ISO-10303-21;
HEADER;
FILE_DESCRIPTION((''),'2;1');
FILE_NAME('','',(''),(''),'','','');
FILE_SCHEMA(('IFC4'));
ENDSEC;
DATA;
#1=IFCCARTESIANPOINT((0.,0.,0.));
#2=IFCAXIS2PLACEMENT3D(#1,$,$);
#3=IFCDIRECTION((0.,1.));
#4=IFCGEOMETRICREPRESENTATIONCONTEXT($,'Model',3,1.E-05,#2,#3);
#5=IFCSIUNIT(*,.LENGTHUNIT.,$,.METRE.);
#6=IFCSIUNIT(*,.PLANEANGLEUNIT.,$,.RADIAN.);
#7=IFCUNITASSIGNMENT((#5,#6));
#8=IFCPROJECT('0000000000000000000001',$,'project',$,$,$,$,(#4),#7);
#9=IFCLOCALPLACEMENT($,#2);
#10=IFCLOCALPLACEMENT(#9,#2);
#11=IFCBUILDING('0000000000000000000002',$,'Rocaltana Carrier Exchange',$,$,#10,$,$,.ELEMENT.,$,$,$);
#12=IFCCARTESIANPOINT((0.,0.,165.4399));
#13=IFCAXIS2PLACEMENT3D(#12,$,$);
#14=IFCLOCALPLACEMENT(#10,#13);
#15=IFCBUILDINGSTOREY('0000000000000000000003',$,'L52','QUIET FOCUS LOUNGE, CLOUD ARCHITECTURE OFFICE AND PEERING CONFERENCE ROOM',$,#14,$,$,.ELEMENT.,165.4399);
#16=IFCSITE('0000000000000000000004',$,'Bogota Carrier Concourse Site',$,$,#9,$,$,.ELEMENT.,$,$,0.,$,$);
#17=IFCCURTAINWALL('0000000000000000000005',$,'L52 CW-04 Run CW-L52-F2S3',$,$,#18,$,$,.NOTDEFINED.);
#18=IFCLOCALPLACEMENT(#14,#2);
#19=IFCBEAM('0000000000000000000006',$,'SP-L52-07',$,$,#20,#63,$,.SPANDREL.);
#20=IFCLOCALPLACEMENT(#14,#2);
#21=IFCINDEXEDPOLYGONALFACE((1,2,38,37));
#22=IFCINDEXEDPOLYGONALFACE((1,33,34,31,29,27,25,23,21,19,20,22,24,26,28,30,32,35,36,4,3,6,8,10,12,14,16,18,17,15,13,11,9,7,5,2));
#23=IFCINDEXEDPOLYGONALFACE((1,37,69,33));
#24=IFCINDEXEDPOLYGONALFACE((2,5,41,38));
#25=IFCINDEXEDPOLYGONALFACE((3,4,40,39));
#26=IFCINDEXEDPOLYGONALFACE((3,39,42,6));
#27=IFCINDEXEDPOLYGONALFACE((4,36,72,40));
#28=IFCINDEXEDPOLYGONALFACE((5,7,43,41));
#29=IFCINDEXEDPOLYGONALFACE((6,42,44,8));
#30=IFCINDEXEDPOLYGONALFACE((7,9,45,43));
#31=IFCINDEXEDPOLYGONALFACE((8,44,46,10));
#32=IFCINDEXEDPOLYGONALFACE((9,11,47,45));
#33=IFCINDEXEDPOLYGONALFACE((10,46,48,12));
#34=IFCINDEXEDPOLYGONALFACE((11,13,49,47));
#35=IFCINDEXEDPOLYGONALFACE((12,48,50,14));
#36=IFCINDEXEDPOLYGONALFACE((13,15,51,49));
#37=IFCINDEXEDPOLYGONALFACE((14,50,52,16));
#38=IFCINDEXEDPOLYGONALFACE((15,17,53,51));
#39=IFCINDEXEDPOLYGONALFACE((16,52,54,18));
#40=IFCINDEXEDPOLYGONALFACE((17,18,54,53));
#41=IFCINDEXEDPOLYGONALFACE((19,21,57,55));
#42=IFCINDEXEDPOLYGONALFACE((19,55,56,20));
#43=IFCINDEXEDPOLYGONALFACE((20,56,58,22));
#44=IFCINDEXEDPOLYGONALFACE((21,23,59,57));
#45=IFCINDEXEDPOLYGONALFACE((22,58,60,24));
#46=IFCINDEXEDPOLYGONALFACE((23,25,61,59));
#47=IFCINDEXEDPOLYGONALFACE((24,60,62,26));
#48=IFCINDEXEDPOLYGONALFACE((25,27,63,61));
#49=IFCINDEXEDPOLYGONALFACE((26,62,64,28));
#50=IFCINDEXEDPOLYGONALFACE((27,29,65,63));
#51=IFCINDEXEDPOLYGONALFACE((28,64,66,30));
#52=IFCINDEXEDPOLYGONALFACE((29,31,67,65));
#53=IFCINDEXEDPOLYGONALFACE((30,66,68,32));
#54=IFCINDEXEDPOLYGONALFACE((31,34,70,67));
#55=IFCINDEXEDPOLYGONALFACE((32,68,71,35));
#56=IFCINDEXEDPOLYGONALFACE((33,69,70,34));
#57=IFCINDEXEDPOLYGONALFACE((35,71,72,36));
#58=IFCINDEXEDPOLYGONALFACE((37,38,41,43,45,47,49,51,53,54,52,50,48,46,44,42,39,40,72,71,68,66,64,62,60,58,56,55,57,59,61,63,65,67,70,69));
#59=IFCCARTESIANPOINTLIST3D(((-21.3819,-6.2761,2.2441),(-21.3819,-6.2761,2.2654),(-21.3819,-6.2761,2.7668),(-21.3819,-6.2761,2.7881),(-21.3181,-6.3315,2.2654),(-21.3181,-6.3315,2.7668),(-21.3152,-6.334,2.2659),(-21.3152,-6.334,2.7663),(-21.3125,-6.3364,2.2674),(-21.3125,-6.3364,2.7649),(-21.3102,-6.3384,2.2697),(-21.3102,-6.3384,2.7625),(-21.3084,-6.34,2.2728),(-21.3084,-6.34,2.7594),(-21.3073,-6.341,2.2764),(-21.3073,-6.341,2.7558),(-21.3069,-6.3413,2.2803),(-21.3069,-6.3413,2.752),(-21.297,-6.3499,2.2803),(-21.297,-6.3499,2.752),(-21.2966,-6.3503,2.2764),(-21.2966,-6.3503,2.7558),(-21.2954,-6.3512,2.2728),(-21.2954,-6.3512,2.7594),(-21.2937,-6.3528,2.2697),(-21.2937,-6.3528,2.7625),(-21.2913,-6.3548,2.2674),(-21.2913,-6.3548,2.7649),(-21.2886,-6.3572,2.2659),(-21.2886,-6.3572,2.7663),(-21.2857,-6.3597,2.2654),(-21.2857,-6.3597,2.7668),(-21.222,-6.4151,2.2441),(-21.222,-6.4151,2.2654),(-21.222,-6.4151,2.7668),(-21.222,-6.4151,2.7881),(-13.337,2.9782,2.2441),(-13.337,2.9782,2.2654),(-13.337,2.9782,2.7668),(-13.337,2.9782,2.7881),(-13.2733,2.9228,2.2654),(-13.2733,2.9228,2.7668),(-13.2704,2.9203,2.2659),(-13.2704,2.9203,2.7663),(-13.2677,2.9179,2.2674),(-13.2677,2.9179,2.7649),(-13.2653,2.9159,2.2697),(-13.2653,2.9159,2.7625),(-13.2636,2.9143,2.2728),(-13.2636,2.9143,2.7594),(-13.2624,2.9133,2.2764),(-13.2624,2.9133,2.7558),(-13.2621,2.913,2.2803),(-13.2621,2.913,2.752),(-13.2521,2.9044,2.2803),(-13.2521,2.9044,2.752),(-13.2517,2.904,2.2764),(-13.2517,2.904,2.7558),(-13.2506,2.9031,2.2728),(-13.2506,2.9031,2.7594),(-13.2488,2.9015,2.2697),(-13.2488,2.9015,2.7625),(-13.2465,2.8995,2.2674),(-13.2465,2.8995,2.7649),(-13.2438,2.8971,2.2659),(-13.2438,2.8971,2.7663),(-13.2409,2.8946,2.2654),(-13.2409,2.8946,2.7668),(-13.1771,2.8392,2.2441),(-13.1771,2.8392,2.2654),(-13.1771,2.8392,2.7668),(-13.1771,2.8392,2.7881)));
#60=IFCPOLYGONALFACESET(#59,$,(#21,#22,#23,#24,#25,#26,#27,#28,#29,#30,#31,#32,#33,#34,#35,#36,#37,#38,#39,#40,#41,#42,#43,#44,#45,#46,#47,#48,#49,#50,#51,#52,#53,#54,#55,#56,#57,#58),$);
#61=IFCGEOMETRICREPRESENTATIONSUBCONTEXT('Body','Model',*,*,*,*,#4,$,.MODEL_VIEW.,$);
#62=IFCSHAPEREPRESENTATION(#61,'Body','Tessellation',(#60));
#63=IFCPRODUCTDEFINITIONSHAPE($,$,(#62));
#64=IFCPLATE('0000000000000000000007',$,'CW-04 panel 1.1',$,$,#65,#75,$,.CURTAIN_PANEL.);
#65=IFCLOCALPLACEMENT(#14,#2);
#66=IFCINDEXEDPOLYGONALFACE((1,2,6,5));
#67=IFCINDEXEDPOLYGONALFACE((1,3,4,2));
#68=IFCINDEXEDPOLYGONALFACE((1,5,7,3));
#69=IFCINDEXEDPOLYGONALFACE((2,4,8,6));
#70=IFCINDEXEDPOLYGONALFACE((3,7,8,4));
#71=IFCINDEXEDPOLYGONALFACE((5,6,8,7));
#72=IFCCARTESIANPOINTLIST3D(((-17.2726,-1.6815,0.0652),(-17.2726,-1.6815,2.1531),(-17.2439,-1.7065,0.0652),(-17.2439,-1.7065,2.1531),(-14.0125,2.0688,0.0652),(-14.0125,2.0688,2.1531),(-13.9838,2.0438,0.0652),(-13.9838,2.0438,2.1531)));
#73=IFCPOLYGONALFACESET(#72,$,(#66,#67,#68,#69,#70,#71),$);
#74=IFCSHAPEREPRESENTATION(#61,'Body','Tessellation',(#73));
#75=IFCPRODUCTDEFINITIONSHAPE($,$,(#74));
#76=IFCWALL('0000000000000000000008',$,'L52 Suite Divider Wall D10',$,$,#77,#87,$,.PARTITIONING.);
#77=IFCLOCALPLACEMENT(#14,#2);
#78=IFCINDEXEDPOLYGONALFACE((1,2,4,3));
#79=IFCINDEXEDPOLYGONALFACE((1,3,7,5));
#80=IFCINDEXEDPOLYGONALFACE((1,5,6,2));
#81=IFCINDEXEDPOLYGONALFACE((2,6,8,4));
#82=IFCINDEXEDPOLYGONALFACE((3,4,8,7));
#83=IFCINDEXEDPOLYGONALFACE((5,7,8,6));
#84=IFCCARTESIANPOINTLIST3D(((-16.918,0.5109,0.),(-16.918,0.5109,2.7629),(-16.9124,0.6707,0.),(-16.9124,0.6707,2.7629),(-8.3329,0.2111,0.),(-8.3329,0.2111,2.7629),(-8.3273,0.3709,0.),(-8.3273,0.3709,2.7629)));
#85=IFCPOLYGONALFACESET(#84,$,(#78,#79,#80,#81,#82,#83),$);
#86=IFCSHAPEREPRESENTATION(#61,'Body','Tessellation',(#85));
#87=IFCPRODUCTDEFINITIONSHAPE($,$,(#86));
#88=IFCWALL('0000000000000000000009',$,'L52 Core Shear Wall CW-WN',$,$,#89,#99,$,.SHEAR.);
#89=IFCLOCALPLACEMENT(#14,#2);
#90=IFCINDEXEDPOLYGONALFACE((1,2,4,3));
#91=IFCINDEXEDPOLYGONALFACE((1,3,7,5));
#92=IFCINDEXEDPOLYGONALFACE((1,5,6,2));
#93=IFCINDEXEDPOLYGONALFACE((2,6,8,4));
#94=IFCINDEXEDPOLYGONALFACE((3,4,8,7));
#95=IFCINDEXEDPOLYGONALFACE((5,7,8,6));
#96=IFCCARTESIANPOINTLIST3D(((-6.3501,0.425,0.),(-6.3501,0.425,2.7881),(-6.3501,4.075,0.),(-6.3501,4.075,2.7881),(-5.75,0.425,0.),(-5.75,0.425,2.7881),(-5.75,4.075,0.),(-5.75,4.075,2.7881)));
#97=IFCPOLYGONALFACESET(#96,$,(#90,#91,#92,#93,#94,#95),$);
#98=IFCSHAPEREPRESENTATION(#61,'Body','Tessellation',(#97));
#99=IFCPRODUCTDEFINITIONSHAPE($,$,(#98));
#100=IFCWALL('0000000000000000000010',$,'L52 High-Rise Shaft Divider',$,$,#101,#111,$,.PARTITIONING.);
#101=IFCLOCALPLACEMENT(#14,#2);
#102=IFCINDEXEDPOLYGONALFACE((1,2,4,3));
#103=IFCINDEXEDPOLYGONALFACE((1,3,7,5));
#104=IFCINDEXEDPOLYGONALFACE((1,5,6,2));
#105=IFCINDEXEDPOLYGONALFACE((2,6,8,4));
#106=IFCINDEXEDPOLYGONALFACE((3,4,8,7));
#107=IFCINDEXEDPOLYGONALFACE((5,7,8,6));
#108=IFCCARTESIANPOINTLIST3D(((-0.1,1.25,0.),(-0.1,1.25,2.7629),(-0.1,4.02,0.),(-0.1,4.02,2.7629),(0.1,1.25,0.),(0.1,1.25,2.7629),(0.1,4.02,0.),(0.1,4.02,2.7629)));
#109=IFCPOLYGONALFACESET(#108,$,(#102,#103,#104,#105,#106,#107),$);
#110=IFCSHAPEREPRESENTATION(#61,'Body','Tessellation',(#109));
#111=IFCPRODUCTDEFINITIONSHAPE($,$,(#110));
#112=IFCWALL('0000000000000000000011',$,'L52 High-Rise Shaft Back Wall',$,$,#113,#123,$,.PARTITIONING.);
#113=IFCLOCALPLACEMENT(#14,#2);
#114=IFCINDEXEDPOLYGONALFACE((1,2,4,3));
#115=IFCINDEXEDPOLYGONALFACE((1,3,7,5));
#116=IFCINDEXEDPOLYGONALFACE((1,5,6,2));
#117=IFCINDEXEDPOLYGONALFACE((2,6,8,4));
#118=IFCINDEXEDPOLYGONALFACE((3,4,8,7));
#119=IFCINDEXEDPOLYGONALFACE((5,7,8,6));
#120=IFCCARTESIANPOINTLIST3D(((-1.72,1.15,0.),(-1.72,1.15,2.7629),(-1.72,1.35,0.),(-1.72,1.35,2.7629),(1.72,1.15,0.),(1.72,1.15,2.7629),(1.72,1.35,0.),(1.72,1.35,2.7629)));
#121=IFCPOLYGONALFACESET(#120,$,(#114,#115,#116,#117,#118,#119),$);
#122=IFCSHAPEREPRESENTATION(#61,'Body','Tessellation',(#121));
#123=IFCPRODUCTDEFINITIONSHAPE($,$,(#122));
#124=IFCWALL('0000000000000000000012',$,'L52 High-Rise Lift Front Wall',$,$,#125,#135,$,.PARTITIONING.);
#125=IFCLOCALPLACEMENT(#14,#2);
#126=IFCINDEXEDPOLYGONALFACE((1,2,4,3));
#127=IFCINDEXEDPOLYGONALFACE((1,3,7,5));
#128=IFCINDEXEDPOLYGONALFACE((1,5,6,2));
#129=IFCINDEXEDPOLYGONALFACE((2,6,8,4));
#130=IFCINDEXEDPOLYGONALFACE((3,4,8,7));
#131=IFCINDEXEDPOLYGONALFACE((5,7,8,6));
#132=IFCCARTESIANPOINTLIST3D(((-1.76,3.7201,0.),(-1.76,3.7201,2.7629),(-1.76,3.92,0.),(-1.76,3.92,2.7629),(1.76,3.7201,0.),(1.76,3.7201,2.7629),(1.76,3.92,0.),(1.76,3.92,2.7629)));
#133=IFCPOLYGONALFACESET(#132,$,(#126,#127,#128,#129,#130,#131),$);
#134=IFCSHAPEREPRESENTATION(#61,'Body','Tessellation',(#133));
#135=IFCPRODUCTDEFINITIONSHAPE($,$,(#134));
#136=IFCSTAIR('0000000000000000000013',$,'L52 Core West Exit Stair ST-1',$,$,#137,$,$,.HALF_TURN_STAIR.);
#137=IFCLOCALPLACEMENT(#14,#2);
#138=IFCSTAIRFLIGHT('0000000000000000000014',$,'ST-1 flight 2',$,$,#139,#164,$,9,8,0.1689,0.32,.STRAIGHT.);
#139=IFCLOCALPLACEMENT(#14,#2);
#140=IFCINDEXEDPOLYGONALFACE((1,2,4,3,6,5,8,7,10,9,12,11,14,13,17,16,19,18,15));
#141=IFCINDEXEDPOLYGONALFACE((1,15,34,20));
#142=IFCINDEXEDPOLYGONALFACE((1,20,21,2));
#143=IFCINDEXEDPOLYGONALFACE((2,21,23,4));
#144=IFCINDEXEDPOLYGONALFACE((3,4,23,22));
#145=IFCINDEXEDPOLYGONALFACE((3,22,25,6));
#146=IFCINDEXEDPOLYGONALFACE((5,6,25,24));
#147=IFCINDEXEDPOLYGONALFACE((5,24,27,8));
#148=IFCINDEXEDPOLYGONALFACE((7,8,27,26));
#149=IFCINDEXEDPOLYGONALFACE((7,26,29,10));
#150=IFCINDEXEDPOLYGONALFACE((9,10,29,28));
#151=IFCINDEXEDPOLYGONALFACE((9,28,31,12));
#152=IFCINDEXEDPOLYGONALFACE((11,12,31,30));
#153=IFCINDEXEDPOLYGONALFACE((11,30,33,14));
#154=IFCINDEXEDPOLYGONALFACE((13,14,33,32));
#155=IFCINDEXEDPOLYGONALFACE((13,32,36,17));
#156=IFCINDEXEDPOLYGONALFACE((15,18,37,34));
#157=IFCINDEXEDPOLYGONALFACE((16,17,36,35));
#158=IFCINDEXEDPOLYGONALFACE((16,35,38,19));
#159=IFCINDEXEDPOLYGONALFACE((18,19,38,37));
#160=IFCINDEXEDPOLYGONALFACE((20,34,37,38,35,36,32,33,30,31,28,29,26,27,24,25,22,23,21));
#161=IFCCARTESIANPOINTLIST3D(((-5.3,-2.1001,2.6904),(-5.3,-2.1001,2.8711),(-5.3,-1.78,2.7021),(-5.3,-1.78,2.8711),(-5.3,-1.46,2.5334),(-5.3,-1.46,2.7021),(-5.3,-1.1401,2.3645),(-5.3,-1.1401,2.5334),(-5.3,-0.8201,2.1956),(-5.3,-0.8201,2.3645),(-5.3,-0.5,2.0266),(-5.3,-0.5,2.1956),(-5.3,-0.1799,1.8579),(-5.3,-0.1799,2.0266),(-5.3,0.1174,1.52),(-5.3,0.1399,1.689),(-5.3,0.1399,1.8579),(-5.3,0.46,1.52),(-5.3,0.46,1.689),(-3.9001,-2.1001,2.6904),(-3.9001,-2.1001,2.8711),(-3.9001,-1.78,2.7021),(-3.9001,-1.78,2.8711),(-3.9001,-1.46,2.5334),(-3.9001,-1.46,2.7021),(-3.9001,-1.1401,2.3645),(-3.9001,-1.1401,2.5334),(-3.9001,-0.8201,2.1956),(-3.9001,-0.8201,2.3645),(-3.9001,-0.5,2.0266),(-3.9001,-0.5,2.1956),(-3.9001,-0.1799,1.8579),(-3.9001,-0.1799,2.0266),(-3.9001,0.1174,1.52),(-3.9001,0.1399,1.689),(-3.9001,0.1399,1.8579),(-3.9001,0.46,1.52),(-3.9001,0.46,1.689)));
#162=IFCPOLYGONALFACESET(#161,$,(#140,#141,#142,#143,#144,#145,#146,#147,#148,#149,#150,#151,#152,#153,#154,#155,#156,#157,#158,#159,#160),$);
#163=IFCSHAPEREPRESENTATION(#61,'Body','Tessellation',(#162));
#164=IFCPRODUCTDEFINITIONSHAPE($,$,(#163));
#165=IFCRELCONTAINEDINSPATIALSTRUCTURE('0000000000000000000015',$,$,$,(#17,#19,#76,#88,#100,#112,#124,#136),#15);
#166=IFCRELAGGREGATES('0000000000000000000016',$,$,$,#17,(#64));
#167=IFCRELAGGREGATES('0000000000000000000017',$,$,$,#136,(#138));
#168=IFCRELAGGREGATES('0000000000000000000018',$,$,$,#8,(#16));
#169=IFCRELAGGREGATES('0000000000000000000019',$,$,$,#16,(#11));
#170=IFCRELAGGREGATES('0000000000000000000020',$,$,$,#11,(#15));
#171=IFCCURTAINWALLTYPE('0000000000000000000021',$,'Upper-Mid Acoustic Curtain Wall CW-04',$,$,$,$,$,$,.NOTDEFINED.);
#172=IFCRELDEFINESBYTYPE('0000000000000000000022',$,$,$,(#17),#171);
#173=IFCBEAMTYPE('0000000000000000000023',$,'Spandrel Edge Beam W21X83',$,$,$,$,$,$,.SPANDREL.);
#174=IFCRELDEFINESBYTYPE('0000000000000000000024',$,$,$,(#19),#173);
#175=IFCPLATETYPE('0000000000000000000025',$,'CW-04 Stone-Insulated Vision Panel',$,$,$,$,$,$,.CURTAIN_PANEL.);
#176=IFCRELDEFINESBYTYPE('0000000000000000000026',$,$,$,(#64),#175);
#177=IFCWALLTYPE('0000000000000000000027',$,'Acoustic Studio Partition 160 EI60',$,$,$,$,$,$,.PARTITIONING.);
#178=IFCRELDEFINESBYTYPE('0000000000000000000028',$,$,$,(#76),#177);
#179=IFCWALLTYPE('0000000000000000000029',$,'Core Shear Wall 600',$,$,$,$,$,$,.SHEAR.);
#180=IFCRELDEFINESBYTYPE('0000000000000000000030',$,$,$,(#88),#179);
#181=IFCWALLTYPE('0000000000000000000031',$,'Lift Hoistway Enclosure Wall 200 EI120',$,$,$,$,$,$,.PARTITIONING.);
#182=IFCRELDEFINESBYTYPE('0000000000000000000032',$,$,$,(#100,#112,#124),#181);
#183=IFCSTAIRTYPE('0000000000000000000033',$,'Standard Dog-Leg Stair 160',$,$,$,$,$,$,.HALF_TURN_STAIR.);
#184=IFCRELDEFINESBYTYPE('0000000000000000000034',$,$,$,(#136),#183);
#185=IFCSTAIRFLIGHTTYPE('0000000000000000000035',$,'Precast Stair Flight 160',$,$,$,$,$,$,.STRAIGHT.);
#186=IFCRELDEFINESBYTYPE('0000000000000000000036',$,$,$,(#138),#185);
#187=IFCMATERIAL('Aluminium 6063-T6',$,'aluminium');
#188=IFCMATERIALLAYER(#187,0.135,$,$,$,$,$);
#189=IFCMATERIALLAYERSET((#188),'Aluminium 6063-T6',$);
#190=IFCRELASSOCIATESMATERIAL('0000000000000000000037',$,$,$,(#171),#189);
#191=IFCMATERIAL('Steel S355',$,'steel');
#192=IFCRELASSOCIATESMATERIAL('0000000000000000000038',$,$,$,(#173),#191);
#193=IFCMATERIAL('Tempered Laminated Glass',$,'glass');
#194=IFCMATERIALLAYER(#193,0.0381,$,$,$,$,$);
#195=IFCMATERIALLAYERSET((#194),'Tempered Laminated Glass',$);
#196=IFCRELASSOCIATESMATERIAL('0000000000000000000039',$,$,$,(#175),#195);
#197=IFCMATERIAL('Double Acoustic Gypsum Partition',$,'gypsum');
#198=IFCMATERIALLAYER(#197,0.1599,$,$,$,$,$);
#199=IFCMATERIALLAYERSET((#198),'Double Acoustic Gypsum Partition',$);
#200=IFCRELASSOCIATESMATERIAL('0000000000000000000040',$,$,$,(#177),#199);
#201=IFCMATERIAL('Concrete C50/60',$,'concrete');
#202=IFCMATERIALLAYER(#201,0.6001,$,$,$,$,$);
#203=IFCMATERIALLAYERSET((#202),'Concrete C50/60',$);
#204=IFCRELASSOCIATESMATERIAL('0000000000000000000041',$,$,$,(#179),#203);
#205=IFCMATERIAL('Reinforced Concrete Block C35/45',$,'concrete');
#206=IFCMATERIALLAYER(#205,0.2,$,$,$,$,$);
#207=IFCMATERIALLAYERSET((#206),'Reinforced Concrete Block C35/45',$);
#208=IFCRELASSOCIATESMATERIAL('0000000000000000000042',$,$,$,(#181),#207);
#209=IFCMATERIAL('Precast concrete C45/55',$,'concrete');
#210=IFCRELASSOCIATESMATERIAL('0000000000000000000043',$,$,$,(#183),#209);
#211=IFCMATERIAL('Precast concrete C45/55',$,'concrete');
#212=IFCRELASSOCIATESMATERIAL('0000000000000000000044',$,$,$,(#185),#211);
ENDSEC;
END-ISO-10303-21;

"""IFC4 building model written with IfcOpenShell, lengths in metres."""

from ifc_helpers import new_model, si_unit, direction, frame, frame_2d, origin, origin_2d, place, context, subcontext, project, spatial, polyline, rectangle, i_section, outline, extrude, material, layer, layer_set, material_profile, profile_set, type_object, element, aggregate, save


model = new_model("IFC4")

# Units and contexts
model_context = context("Model", 3, precision=1e-05, world=origin(), true_north=direction((0.0, 1.0)))
body_context = subcontext(model_context, "Body", "Model", "MODEL_VIEW")
ifc_project = project(units=[si_unit("LENGTHUNIT", "METRE"), si_unit("PLANEANGLEUNIT", "RADIAN")], contexts=[model_context])

# Site, building, storey
site_placement = place(None, origin())
site = spatial("IfcSite", under=ifc_project, at=site_placement, Name="Bogota Carrier Concourse Site", CompositionType="ELEMENT", RefElevation=0.0)
building_placement = place(site_placement, origin())
building = spatial("IfcBuilding", under=site, at=building_placement, Name="Rocaltana Carrier Exchange", CompositionType="ELEMENT")
storey_placement = place(building_placement, frame((0.0, 0.0, 165.4399)))
storey = spatial("IfcBuildingStorey", under=building, at=storey_placement, Name="L52", Description="QUIET FOCUS LOUNGE, CLOUD ARCHITECTURE OFFICE AND PEERING CONFERENCE ROOM", CompositionType="ELEMENT", Elevation=165.4399)

# Curtain wall
ifc_material_1 = material(Name="Aluminium 6063-T6", Category="aluminium")
ifc_layer_1 = layer(ifc_material_1, 0.135)
ifc_layer_set_1 = layer_set([ifc_layer_1], Name="Aluminium 6063-T6")
curtain_wall_type = type_object("IfcCurtainWallType", Name="Upper-Mid Acoustic Curtain Wall CW-04", PredefinedType="NOTDEFINED", material=ifc_layer_set_1)
curtain_wall_placement = place(storey_placement, origin())
curtain_wall = element("IfcCurtainWall", 1, at=curtain_wall_placement, inside=storey, type_object=curtain_wall_type, Name="L52 CW-04 Run CW-L52-F2S3", PredefinedType="NOTDEFINED")

# Beam
ifc_material_2 = material(Name="Steel S355", Category="steel")
ifc_material_profile_1 = material_profile(ifc_material_2, i_section(OverallWidth=0.2119, OverallDepth=0.5439, WebThickness=0.0132, FlangeThickness=0.0212, FilletRadius=0.0149, at=origin_2d()), Name="W21X83")
ifc_profile_set_1 = profile_set([ifc_material_profile_1], Name="Steel S355")
beam_type_1 = type_object("IfcBeamType", Name="Spandrel Edge Beam W21X83", PredefinedType="SPANDREL", material=ifc_profile_set_1)
beam_1_placement = place(storey_placement, frame((-13.2571, 2.9087, 2.5161), z_axis=(-0.656068, -0.754702, 0.0), x_axis=(0.754702, -0.656068, 0.0)))
element("IfcBeam", 2, at=beam_1_placement, inside=storey, type_object=beam_type_1, Name="SP-L52-07", PredefinedType="SPANDREL", context=body_context, shape_type="SweptSolid", body=[
    extrude(i_section(OverallWidth=0.2119, OverallDepth=0.5439, WebThickness=0.0132, FlangeThickness=0.0212, FilletRadius=0.0149, at=origin_2d()), origin(), (0.0, 0.0, 1.0), 12.2622),
])

# Plate
ifc_material_3 = material(Name="Tempered Laminated Glass", Category="glass")
ifc_layer_2 = layer(ifc_material_3, 0.0381)
ifc_layer_set_2 = layer_set([ifc_layer_2], Name="Tempered Laminated Glass")
plate_type = type_object("IfcPlateType", Name="CW-04 Stone-Insulated Vision Panel", PredefinedType="CURTAIN_PANEL", material=ifc_layer_set_2)
plate_placement = place(storey_placement, frame((-15.6282, 0.1812, 0.0652), z_axis=(0.0, 0.0, 1.0), x_axis=(-0.656057, -0.754712, 0.0)))
plate = element("IfcPlate", 3, at=plate_placement, type_object=plate_type, Name="CW-04 panel 1.1", PredefinedType="CURTAIN_PANEL", context=body_context, shape_type="SweptSolid", body=[
    extrude(rectangle(XDim=4.9692, YDim=0.0381, at=origin_2d()), origin(), (0.0, 0.0, 1.0), 2.0879),
])
aggregate(curtain_wall, [plate])

# Walls
ifc_material_4 = material(Name="Double Acoustic Gypsum Partition", Category="gypsum")
ifc_layer_3 = layer(ifc_material_4, 0.1599)
ifc_layer_set_3 = layer_set([ifc_layer_3], Name="Double Acoustic Gypsum Partition")
wall_type_1 = type_object("IfcWallType", Name="Acoustic Studio Partition 160 EI60", PredefinedType="PARTITIONING", material=ifc_layer_set_3)
wall_1_placement = place(storey_placement, frame((-8.3301, 0.291, 0.0), z_axis=(0.0, 0.0, 1.0), x_axis=(-0.999391, 0.0349, 0.0)))
element("IfcWall", 4, at=wall_1_placement, inside=storey, type_object=wall_type_1, Name="L52 Suite Divider Wall D10", PredefinedType="PARTITIONING", context=body_context, shape_type="SweptSolid", body=[
    extrude(rectangle(XDim=8.5903, YDim=0.1599, at=frame_2d((4.2952, 0.0))), origin(), (0.0, 0.0, 1.0), 2.7629),
])
ifc_material_5 = material(Name="Concrete C50/60", Category="concrete")
ifc_layer_4 = layer(ifc_material_5, 0.6001)
ifc_layer_set_4 = layer_set([ifc_layer_4], Name="Concrete C50/60")
wall_type_2 = type_object("IfcWallType", Name="Core Shear Wall 600", PredefinedType="SHEAR", material=ifc_layer_set_4)
wall_2_placement = place(storey_placement, frame((-6.05, 0.425, 0.0), z_axis=(0.0, 0.0, 1.0), x_axis=(0.0, 1.0, 0.0)))
element("IfcWall", 5, at=wall_2_placement, inside=storey, type_object=wall_type_2, Name="L52 Core Shear Wall CW-WN", PredefinedType="SHEAR", context=body_context, shape_type="SweptSolid", body=[
    extrude(rectangle(XDim=3.6499, YDim=0.6001, at=frame_2d((1.825, 0.0))), origin(), (0.0, 0.0, 1.0), 2.7881),
])
ifc_material_6 = material(Name="Reinforced Concrete Block C35/45", Category="concrete")
ifc_layer_5 = layer(ifc_material_6, 0.2)
ifc_layer_set_5 = layer_set([ifc_layer_5], Name="Reinforced Concrete Block C35/45")
wall_type_3 = type_object("IfcWallType", Name="Lift Hoistway Enclosure Wall 200 EI120", PredefinedType="PARTITIONING", material=ifc_layer_set_5)
wall_3_placement = place(storey_placement, frame((0.0, 1.25, 0.0), z_axis=(0.0, 0.0, 1.0), x_axis=(0.0, 1.0, 0.0)))
element("IfcWall", 6, at=wall_3_placement, inside=storey, type_object=wall_type_3, Name="L52 High-Rise Shaft Divider", PredefinedType="PARTITIONING", context=body_context, shape_type="SweptSolid", body=[
    extrude(rectangle(XDim=2.77, YDim=0.2, at=frame_2d((1.385, 0.0))), origin(), (0.0, 0.0, 1.0), 2.7629),
])
wall_4_placement = place(storey_placement, frame((-1.72, 1.25, 0.0), z_axis=(0.0, 0.0, 1.0), x_axis=(1.0, 0.0, 0.0)))
element("IfcWall", 7, at=wall_4_placement, inside=storey, type_object=wall_type_3, Name="L52 High-Rise Shaft Back Wall", PredefinedType="PARTITIONING", context=body_context, shape_type="SweptSolid", body=[
    extrude(rectangle(XDim=3.4399, YDim=0.2, at=frame_2d((1.72, 0.0))), origin(), (0.0, 0.0, 1.0), 2.7629),
])
wall_5_placement = place(storey_placement, frame((-1.76, 3.8201, 0.0), z_axis=(0.0, 0.0, 1.0), x_axis=(1.0, 0.0, 0.0)))
element("IfcWall", 8, at=wall_5_placement, inside=storey, type_object=wall_type_3, Name="L52 High-Rise Lift Front Wall", PredefinedType="PARTITIONING", context=body_context, shape_type="SweptSolid", body=[
    extrude(rectangle(XDim=3.52, YDim=0.2, at=frame_2d((1.76, 0.0))), origin(), (0.0, 0.0, 1.0), 2.7629),
])

# Stair, stair flight
ifc_material_7 = material(Name="Precast concrete C45/55", Category="concrete")
stair_type = type_object("IfcStairType", Name="Standard Dog-Leg Stair 160", PredefinedType="HALF_TURN_STAIR", material=ifc_material_7)
stair_placement = place(storey_placement, origin())
stair = element("IfcStair", 9, at=stair_placement, inside=storey, type_object=stair_type, Name="L52 Core West Exit Stair ST-1", PredefinedType="HALF_TURN_STAIR")
ifc_material_8 = material(Name="Precast concrete C45/55", Category="concrete")
stair_flight_type = type_object("IfcStairFlightType", Name="Precast Stair Flight 160", PredefinedType="STRAIGHT", material=ifc_material_8)
stair_flight_placement = place(storey_placement, frame((-4.6001, 0.46, 1.52), z_axis=(0.0, 0.0, 1.0), x_axis=(0.0, -1.0, 0.0)))
stair_flight = element("IfcStairFlight", 10, at=stair_flight_placement, type_object=stair_flight_type, Name="ST-1 flight 2", NumberOfRisers=9, NumberOfTreads=8, PredefinedType="STRAIGHT", RiserHeight=0.1689, TreadLength=0.32, context=body_context, shape_type="SweptSolid", body=[
    extrude(outline(polyline([(0.0, 0.0), (0.0, 0.1689), (0.3201, 0.1689), (0.3201, 0.3379), (0.6399, 0.3379), (0.6399, 0.5066), (0.96, 0.5066), (0.96, 0.6755), (1.28, 0.6755), (1.28, 0.8445), (1.6001, 0.8445), (1.6001, 1.0134), (1.9199, 1.0134), (1.9199, 1.1821), (2.24, 1.1821), (2.24, 1.3511), (2.5601, 1.3511), (2.5601, 1.52), (2.5601, 1.1704), (0.3425, 0.0), (0.0, 0.0)])), frame((0.0, 0.7, 0.0), z_axis=(0.0, -1.0, 0.0), x_axis=(1.0, 0.0, 0.0)), (0.0, 0.0, 1.0), 1.3999),
])
aggregate(stair, [stair_flight])

save(model, "model.ifc")
